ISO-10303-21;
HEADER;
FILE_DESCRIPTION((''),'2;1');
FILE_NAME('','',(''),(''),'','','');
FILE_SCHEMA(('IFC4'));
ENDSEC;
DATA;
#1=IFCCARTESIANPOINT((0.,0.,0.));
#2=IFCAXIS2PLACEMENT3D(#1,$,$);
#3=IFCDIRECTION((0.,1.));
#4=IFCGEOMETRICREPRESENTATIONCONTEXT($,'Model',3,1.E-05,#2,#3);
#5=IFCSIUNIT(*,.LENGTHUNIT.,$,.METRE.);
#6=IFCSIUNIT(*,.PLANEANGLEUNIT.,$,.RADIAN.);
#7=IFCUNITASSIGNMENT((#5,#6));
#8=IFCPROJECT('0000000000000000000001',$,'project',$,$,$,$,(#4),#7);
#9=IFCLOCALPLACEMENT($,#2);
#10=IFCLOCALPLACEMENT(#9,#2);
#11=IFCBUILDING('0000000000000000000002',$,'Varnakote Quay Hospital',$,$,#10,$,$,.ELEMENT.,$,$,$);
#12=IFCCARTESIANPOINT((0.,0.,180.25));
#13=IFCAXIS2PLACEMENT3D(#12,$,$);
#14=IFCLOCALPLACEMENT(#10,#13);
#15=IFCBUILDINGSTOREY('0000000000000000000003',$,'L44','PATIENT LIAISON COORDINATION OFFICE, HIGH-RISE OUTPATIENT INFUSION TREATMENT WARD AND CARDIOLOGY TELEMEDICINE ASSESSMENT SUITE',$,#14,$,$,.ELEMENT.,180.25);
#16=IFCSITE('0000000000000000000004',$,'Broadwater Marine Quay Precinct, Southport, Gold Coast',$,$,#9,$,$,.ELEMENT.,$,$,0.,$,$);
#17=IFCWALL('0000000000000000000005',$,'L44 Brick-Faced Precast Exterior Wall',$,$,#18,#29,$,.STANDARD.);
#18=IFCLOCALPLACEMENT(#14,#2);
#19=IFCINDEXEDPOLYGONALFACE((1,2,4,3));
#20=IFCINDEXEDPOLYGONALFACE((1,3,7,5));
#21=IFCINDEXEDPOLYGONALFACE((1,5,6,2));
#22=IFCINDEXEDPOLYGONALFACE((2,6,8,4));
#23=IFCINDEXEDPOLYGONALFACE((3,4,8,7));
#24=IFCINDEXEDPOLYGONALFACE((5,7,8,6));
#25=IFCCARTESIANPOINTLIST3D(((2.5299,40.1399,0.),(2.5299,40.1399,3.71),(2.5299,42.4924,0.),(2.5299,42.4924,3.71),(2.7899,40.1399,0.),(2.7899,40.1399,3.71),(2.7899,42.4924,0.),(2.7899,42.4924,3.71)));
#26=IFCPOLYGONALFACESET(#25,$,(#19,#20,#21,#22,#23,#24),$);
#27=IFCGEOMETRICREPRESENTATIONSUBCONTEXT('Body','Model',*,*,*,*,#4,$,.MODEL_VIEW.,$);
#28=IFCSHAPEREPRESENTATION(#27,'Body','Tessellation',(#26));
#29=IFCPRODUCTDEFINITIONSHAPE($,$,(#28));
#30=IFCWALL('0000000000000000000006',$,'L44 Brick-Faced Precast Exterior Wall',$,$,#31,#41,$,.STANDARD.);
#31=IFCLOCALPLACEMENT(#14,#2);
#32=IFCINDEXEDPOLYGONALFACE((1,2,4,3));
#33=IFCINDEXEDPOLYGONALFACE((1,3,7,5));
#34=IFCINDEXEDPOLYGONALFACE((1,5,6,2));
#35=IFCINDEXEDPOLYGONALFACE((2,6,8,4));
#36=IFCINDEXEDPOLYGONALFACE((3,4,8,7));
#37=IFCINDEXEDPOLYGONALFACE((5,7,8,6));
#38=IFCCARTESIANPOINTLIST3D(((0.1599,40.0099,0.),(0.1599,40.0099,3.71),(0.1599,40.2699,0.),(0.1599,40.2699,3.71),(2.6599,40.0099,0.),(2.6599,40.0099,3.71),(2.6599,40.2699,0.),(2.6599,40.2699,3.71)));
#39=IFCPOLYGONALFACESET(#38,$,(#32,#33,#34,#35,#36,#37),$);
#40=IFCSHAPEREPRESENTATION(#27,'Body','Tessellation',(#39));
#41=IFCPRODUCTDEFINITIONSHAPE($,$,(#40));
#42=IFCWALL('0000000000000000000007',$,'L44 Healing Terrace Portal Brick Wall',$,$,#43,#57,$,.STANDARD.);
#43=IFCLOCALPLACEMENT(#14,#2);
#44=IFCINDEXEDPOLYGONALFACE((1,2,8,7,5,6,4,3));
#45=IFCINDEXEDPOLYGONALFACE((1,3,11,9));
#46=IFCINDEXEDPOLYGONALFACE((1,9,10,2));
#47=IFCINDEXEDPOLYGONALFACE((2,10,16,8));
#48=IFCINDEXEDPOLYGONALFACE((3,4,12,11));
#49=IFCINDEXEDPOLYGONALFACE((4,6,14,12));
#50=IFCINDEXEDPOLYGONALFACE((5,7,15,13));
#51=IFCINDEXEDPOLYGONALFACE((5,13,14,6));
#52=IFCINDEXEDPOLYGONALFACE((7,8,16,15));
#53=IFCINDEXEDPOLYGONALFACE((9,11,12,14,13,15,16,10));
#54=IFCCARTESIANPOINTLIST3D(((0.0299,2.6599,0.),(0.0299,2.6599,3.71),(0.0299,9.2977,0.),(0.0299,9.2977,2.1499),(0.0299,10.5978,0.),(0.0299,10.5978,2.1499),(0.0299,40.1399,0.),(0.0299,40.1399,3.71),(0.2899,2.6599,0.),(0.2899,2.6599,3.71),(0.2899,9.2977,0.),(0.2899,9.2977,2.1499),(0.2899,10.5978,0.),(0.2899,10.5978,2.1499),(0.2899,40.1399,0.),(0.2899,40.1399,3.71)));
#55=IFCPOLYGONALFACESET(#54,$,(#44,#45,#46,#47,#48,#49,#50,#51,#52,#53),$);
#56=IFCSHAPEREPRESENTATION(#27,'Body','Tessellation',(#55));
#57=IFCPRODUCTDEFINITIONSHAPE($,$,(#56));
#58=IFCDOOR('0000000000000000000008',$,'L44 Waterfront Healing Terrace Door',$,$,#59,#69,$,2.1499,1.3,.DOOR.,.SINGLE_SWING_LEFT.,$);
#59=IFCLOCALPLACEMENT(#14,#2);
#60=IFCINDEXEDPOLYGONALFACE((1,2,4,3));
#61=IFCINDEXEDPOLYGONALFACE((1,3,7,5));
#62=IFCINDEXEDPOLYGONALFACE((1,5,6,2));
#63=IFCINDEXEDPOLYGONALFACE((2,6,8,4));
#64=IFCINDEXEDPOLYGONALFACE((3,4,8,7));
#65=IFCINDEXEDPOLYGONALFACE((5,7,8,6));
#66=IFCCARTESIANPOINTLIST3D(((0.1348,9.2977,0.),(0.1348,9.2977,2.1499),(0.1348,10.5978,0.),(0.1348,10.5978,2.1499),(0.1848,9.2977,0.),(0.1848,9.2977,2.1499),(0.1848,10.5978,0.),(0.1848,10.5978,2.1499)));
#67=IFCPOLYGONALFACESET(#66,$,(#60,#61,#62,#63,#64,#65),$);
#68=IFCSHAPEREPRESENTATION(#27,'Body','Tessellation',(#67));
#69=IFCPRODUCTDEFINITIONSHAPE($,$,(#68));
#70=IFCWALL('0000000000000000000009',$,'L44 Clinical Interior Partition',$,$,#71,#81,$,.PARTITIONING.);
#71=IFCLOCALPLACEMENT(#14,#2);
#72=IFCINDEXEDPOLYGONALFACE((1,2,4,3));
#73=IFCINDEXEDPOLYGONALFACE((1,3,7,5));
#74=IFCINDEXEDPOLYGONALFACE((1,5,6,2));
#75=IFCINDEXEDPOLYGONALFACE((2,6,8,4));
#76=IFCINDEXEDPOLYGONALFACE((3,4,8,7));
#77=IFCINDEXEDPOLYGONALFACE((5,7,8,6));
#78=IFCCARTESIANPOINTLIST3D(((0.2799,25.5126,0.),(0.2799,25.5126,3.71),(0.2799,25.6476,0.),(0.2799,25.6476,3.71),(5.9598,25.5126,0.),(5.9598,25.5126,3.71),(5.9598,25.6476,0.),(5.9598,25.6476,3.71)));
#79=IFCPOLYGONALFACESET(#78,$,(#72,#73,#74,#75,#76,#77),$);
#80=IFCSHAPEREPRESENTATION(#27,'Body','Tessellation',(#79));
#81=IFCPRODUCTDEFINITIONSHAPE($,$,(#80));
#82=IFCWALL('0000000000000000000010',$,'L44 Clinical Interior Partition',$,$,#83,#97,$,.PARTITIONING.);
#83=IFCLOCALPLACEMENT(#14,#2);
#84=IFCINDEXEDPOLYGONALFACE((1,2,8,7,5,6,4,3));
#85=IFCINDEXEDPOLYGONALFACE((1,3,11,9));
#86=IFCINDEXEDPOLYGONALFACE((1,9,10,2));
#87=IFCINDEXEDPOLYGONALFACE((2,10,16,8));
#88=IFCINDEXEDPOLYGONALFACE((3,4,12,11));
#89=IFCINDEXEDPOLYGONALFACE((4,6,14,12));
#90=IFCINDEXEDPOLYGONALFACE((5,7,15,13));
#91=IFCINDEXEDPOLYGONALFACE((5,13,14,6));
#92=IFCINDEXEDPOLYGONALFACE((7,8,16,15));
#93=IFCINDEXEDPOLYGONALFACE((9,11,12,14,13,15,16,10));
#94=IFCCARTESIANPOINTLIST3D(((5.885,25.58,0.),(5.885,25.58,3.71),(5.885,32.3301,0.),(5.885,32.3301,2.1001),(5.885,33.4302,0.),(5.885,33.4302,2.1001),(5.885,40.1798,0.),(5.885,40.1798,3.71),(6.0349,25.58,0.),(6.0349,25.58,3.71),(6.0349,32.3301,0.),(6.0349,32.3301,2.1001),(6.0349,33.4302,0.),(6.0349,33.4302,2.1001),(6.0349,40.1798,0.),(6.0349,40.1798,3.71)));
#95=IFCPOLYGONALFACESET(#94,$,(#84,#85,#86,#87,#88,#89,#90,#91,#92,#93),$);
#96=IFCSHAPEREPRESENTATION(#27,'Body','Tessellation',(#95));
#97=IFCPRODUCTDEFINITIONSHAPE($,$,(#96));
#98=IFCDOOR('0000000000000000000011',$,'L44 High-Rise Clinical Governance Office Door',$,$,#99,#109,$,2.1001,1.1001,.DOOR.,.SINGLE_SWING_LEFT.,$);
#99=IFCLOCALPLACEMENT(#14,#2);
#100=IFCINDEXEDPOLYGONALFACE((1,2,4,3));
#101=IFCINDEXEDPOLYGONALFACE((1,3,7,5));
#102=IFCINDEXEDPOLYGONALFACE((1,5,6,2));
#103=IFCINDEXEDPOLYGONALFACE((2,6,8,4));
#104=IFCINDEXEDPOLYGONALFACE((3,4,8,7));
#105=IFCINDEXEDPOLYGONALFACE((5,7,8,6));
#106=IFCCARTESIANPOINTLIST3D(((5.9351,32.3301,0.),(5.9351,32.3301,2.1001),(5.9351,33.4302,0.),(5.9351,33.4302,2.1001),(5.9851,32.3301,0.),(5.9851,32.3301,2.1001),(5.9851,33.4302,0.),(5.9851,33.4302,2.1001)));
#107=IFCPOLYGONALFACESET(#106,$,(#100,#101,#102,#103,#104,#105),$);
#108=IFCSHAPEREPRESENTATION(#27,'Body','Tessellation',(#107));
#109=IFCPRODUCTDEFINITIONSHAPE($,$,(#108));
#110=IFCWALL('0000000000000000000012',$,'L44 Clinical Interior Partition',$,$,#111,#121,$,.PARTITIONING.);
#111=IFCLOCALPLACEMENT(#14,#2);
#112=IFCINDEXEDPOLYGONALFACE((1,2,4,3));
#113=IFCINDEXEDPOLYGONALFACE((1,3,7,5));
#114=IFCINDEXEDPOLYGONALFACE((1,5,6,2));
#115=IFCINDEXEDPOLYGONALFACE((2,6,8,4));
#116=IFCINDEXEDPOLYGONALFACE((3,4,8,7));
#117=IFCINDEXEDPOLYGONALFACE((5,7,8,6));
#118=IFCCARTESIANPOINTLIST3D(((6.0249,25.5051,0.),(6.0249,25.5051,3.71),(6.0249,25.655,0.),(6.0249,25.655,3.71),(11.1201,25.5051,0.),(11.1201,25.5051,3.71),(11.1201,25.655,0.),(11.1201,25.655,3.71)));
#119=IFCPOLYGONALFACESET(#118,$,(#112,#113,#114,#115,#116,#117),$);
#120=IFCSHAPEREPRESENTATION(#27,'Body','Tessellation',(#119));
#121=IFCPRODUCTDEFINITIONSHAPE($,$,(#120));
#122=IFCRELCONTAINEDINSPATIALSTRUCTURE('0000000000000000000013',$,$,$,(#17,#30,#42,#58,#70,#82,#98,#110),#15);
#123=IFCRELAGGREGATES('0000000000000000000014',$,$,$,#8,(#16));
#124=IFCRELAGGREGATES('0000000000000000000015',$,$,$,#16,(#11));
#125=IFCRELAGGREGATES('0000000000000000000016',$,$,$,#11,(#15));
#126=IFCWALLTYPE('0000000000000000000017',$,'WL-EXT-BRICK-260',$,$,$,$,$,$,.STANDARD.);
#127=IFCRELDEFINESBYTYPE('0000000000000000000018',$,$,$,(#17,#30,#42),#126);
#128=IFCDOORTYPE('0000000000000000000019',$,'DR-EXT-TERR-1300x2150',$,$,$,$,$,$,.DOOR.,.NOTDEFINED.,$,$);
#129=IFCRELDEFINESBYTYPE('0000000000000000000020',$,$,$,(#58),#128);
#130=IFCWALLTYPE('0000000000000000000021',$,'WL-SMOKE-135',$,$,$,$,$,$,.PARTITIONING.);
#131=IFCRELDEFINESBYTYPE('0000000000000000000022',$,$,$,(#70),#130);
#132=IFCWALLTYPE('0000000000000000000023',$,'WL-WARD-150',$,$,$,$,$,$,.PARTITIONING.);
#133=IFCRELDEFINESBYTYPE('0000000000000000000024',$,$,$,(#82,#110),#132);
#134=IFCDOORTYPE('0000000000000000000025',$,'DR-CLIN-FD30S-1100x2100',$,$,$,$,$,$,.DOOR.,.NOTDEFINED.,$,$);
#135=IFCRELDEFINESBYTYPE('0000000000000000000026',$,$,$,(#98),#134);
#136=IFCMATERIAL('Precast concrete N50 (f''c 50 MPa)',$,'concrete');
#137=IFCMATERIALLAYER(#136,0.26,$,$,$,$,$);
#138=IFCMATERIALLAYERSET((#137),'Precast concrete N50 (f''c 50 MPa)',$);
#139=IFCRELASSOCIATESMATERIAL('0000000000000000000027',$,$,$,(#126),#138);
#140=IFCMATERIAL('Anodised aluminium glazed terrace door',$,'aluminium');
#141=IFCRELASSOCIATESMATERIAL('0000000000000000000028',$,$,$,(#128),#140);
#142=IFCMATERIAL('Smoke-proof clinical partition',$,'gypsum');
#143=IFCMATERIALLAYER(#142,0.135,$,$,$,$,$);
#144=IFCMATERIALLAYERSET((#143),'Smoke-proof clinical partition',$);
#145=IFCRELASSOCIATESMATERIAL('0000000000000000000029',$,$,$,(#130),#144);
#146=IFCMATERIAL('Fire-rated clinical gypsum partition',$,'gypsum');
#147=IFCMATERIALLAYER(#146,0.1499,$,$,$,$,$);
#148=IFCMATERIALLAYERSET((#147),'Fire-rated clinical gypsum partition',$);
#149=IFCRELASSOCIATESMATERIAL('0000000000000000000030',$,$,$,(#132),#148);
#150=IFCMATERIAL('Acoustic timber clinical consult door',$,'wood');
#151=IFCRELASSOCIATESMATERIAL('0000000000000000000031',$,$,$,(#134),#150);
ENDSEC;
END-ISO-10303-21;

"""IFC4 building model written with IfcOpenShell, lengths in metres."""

from ifc_helpers import new_model, si_unit, direction, frame, frame_2d, origin, place, context, subcontext, project, spatial, rectangle, extrude, material, layer, layer_set, type_object, element, fill, save


model = new_model("IFC4")

# Units and contexts
model_context = context("Model", 3, precision=1e-05, world=origin(), true_north=direction((0.0, 1.0)))
body_context = subcontext(model_context, "Body", "Model", "MODEL_VIEW")
ifc_project = project(units=[si_unit("LENGTHUNIT", "METRE"), si_unit("PLANEANGLEUNIT", "RADIAN")], contexts=[model_context])

# Site, building, storey
site_placement = place(None, origin())
site = spatial("IfcSite", under=ifc_project, at=site_placement, Name="Broadwater Marine Quay Precinct, Southport, Gold Coast", CompositionType="ELEMENT", RefElevation=0.0)
building_placement = place(site_placement, origin())
building = spatial("IfcBuilding", under=site, at=building_placement, Name="Varnakote Quay Hospital", CompositionType="ELEMENT")
storey_placement = place(building_placement, frame((0.0, 0.0, 180.25)))
storey = spatial("IfcBuildingStorey", under=building, at=storey_placement, Name="L44", Description="PATIENT LIAISON COORDINATION OFFICE, HIGH-RISE OUTPATIENT INFUSION TREATMENT WARD AND CARDIOLOGY TELEMEDICINE ASSESSMENT SUITE", CompositionType="ELEMENT", Elevation=180.25)

# Walls
ifc_material_1 = material(Name="Precast concrete N50 (f'c 50 MPa)", Category="concrete")
ifc_layer_1 = layer(ifc_material_1, 0.26)
ifc_layer_set_1 = layer_set([ifc_layer_1], Name="Precast concrete N50 (f'c 50 MPa)")
wall_type_1 = type_object("IfcWallType", Name="WL-EXT-BRICK-260", PredefinedType="STANDARD", material=ifc_layer_set_1)
wall_1_placement = place(storey_placement, frame((2.6599, 42.4924, 0.0), z_axis=(0.0, 0.0, 1.0), x_axis=(0.0, -1.0, 0.0)))
element("IfcWall", 1, at=wall_1_placement, inside=storey, type_object=wall_type_1, Name="L44 Brick-Faced Precast Exterior Wall", PredefinedType="STANDARD", context=body_context, shape_type="SweptSolid", body=[
    extrude(rectangle(XDim=2.3525, YDim=0.26, at=frame_2d((1.1763, 0.0))), origin(), (0.0, 0.0, 1.0), 3.71),
])
wall_2_placement = place(storey_placement, frame((2.6599, 40.1399, 0.0), z_axis=(0.0, 0.0, 1.0), x_axis=(-1.0, 0.0, 0.0)))
element("IfcWall", 2, at=wall_2_placement, inside=storey, type_object=wall_type_1, Name="L44 Brick-Faced Precast Exterior Wall", PredefinedType="STANDARD", context=body_context, shape_type="SweptSolid", body=[
    extrude(rectangle(XDim=2.5, YDim=0.26, at=frame_2d((1.25, 0.0))), origin(), (0.0, 0.0, 1.0), 3.71),
])

# Wall, opening, door
wall_3_placement = place(storey_placement, frame((0.1599, 40.1399, 0.0), z_axis=(0.0, 0.0, 1.0), x_axis=(0.0, -1.0, 0.0)))
wall_3 = element("IfcWall", 3, at=wall_3_placement, inside=storey, type_object=wall_type_1, Name="L44 Healing Terrace Portal Brick Wall", PredefinedType="STANDARD", context=body_context, shape_type="SweptSolid", body=[
    extrude(rectangle(XDim=37.48, YDim=0.26, at=frame_2d((18.74, 0.0))), origin(), (0.0, 0.0, 1.0), 3.71),
])
opening_1_placement = place(wall_3_placement, frame((29.5422, 0.0, 0.0)))
opening_1 = element("IfcOpeningElement", 4, at=opening_1_placement, cuts=wall_3, PredefinedType="OPENING", context=body_context, shape_type="SweptSolid", body=[
    extrude(rectangle(XDim=1.3, YDim=2.1499, at=frame_2d((0.6499, 1.075))), frame((0.0, 0.1399, 0.0), z_axis=(0.0, -1.0, 0.0), x_axis=(1.0, 0.0, 0.0)), (0.0, 0.0, 1.0), 0.28),
])
ifc_material_2 = material(Name="Anodised aluminium glazed terrace door", Category="aluminium")
door_type_1 = type_object("IfcDoorType", Name="DR-EXT-TERR-1300x2150", OperationType="NOTDEFINED", PredefinedType="DOOR", material=ifc_material_2)
door_1_placement = place(opening_1_placement, origin())
door_1 = element("IfcDoor", 5, at=door_1_placement, inside=storey, type_object=door_type_1, Name="L44 Waterfront Healing Terrace Door", OperationType="SINGLE_SWING_LEFT", OverallHeight=2.1499, OverallWidth=1.3, PredefinedType="DOOR", context=body_context, shape_type="SweptSolid", body=[
    extrude(rectangle(XDim=1.3, YDim=2.1499, at=frame_2d((0.6499, 1.075))), frame((0.0, 0.0249, 0.0), z_axis=(0.0, -1.0, 0.0), x_axis=(1.0, 0.0, 0.0)), (0.0, 0.0, 1.0), 0.05),
])
fill(opening_1, door_1)

# Wall
ifc_material_3 = material(Name="Smoke-proof clinical partition", Category="gypsum")
ifc_layer_2 = layer(ifc_material_3, 0.135)
ifc_layer_set_2 = layer_set([ifc_layer_2], Name="Smoke-proof clinical partition")
wall_type_2 = type_object("IfcWallType", Name="WL-SMOKE-135", PredefinedType="PARTITIONING", material=ifc_layer_set_2)
wall_4_placement = place(storey_placement, frame((0.28, 25.5801, 0.0), z_axis=(0.0, 0.0, 1.0), x_axis=(1.0, 0.0, 0.0)))
element("IfcWall", 6, at=wall_4_placement, inside=storey, type_object=wall_type_2, Name="L44 Clinical Interior Partition", PredefinedType="PARTITIONING", context=body_context, shape_type="SweptSolid", body=[
    extrude(rectangle(XDim=5.6799, YDim=0.135, at=frame_2d((2.8398, 0.0))), origin(), (0.0, 0.0, 1.0), 3.71),
])

# Wall, opening, door
ifc_material_4 = material(Name="Fire-rated clinical gypsum partition", Category="gypsum")
ifc_layer_3 = layer(ifc_material_4, 0.1499)
ifc_layer_set_3 = layer_set([ifc_layer_3], Name="Fire-rated clinical gypsum partition")
wall_type_3 = type_object("IfcWallType", Name="WL-WARD-150", PredefinedType="PARTITIONING", material=ifc_layer_set_3)
wall_5_placement = place(storey_placement, frame((5.96, 25.5801, 0.0), z_axis=(0.0, 0.0, 1.0), x_axis=(0.0, 1.0, 0.0)))
wall_5 = element("IfcWall", 7, at=wall_5_placement, inside=storey, type_object=wall_type_3, Name="L44 Clinical Interior Partition", PredefinedType="PARTITIONING", context=body_context, shape_type="SweptSolid", body=[
    extrude(rectangle(XDim=14.5999, YDim=0.1499, at=frame_2d((7.2998, 0.0))), origin(), (0.0, 0.0, 1.0), 3.71),
])
opening_2_placement = place(wall_5_placement, frame((6.75, 0.0, 0.0)))
opening_2 = element("IfcOpeningElement", 8, at=opening_2_placement, cuts=wall_5, PredefinedType="OPENING", context=body_context, shape_type="SweptSolid", body=[
    extrude(rectangle(XDim=1.1001, YDim=2.1001, at=frame_2d((0.55, 1.05))), frame((0.0, 0.085, 0.0), z_axis=(0.0, -1.0, 0.0), x_axis=(1.0, 0.0, 0.0)), (0.0, 0.0, 1.0), 0.1699),
])
ifc_material_5 = material(Name="Acoustic timber clinical consult door", Category="wood")
door_type_2 = type_object("IfcDoorType", Name="DR-CLIN-FD30S-1100x2100", OperationType="NOTDEFINED", PredefinedType="DOOR", material=ifc_material_5)
door_2_placement = place(opening_2_placement, origin())
door_2 = element("IfcDoor", 9, at=door_2_placement, inside=storey, type_object=door_type_2, Name="L44 High-Rise Clinical Governance Office Door", OperationType="SINGLE_SWING_LEFT", OverallHeight=2.1001, OverallWidth=1.1001, PredefinedType="DOOR", context=body_context, shape_type="SweptSolid", body=[
    extrude(rectangle(XDim=1.1001, YDim=2.1001, at=frame_2d((0.55, 1.05))), frame((0.0, 0.0249, 0.0), z_axis=(0.0, -1.0, 0.0), x_axis=(1.0, 0.0, 0.0)), (0.0, 0.0, 1.0), 0.05),
])
fill(opening_2, door_2)

# Wall
wall_6_placement = place(storey_placement, frame((6.0249, 25.5801, 0.0), z_axis=(0.0, 0.0, 1.0), x_axis=(1.0, 0.0, 0.0)))
element("IfcWall", 10, at=wall_6_placement, inside=storey, type_object=wall_type_3, Name="L44 Clinical Interior Partition", PredefinedType="PARTITIONING", context=body_context, shape_type="SweptSolid", body=[
    extrude(rectangle(XDim=5.0952, YDim=0.1499, at=frame_2d((2.5476, 0.0))), origin(), (0.0, 0.0, 1.0), 3.71),
])

save(model, "model.ifc")
